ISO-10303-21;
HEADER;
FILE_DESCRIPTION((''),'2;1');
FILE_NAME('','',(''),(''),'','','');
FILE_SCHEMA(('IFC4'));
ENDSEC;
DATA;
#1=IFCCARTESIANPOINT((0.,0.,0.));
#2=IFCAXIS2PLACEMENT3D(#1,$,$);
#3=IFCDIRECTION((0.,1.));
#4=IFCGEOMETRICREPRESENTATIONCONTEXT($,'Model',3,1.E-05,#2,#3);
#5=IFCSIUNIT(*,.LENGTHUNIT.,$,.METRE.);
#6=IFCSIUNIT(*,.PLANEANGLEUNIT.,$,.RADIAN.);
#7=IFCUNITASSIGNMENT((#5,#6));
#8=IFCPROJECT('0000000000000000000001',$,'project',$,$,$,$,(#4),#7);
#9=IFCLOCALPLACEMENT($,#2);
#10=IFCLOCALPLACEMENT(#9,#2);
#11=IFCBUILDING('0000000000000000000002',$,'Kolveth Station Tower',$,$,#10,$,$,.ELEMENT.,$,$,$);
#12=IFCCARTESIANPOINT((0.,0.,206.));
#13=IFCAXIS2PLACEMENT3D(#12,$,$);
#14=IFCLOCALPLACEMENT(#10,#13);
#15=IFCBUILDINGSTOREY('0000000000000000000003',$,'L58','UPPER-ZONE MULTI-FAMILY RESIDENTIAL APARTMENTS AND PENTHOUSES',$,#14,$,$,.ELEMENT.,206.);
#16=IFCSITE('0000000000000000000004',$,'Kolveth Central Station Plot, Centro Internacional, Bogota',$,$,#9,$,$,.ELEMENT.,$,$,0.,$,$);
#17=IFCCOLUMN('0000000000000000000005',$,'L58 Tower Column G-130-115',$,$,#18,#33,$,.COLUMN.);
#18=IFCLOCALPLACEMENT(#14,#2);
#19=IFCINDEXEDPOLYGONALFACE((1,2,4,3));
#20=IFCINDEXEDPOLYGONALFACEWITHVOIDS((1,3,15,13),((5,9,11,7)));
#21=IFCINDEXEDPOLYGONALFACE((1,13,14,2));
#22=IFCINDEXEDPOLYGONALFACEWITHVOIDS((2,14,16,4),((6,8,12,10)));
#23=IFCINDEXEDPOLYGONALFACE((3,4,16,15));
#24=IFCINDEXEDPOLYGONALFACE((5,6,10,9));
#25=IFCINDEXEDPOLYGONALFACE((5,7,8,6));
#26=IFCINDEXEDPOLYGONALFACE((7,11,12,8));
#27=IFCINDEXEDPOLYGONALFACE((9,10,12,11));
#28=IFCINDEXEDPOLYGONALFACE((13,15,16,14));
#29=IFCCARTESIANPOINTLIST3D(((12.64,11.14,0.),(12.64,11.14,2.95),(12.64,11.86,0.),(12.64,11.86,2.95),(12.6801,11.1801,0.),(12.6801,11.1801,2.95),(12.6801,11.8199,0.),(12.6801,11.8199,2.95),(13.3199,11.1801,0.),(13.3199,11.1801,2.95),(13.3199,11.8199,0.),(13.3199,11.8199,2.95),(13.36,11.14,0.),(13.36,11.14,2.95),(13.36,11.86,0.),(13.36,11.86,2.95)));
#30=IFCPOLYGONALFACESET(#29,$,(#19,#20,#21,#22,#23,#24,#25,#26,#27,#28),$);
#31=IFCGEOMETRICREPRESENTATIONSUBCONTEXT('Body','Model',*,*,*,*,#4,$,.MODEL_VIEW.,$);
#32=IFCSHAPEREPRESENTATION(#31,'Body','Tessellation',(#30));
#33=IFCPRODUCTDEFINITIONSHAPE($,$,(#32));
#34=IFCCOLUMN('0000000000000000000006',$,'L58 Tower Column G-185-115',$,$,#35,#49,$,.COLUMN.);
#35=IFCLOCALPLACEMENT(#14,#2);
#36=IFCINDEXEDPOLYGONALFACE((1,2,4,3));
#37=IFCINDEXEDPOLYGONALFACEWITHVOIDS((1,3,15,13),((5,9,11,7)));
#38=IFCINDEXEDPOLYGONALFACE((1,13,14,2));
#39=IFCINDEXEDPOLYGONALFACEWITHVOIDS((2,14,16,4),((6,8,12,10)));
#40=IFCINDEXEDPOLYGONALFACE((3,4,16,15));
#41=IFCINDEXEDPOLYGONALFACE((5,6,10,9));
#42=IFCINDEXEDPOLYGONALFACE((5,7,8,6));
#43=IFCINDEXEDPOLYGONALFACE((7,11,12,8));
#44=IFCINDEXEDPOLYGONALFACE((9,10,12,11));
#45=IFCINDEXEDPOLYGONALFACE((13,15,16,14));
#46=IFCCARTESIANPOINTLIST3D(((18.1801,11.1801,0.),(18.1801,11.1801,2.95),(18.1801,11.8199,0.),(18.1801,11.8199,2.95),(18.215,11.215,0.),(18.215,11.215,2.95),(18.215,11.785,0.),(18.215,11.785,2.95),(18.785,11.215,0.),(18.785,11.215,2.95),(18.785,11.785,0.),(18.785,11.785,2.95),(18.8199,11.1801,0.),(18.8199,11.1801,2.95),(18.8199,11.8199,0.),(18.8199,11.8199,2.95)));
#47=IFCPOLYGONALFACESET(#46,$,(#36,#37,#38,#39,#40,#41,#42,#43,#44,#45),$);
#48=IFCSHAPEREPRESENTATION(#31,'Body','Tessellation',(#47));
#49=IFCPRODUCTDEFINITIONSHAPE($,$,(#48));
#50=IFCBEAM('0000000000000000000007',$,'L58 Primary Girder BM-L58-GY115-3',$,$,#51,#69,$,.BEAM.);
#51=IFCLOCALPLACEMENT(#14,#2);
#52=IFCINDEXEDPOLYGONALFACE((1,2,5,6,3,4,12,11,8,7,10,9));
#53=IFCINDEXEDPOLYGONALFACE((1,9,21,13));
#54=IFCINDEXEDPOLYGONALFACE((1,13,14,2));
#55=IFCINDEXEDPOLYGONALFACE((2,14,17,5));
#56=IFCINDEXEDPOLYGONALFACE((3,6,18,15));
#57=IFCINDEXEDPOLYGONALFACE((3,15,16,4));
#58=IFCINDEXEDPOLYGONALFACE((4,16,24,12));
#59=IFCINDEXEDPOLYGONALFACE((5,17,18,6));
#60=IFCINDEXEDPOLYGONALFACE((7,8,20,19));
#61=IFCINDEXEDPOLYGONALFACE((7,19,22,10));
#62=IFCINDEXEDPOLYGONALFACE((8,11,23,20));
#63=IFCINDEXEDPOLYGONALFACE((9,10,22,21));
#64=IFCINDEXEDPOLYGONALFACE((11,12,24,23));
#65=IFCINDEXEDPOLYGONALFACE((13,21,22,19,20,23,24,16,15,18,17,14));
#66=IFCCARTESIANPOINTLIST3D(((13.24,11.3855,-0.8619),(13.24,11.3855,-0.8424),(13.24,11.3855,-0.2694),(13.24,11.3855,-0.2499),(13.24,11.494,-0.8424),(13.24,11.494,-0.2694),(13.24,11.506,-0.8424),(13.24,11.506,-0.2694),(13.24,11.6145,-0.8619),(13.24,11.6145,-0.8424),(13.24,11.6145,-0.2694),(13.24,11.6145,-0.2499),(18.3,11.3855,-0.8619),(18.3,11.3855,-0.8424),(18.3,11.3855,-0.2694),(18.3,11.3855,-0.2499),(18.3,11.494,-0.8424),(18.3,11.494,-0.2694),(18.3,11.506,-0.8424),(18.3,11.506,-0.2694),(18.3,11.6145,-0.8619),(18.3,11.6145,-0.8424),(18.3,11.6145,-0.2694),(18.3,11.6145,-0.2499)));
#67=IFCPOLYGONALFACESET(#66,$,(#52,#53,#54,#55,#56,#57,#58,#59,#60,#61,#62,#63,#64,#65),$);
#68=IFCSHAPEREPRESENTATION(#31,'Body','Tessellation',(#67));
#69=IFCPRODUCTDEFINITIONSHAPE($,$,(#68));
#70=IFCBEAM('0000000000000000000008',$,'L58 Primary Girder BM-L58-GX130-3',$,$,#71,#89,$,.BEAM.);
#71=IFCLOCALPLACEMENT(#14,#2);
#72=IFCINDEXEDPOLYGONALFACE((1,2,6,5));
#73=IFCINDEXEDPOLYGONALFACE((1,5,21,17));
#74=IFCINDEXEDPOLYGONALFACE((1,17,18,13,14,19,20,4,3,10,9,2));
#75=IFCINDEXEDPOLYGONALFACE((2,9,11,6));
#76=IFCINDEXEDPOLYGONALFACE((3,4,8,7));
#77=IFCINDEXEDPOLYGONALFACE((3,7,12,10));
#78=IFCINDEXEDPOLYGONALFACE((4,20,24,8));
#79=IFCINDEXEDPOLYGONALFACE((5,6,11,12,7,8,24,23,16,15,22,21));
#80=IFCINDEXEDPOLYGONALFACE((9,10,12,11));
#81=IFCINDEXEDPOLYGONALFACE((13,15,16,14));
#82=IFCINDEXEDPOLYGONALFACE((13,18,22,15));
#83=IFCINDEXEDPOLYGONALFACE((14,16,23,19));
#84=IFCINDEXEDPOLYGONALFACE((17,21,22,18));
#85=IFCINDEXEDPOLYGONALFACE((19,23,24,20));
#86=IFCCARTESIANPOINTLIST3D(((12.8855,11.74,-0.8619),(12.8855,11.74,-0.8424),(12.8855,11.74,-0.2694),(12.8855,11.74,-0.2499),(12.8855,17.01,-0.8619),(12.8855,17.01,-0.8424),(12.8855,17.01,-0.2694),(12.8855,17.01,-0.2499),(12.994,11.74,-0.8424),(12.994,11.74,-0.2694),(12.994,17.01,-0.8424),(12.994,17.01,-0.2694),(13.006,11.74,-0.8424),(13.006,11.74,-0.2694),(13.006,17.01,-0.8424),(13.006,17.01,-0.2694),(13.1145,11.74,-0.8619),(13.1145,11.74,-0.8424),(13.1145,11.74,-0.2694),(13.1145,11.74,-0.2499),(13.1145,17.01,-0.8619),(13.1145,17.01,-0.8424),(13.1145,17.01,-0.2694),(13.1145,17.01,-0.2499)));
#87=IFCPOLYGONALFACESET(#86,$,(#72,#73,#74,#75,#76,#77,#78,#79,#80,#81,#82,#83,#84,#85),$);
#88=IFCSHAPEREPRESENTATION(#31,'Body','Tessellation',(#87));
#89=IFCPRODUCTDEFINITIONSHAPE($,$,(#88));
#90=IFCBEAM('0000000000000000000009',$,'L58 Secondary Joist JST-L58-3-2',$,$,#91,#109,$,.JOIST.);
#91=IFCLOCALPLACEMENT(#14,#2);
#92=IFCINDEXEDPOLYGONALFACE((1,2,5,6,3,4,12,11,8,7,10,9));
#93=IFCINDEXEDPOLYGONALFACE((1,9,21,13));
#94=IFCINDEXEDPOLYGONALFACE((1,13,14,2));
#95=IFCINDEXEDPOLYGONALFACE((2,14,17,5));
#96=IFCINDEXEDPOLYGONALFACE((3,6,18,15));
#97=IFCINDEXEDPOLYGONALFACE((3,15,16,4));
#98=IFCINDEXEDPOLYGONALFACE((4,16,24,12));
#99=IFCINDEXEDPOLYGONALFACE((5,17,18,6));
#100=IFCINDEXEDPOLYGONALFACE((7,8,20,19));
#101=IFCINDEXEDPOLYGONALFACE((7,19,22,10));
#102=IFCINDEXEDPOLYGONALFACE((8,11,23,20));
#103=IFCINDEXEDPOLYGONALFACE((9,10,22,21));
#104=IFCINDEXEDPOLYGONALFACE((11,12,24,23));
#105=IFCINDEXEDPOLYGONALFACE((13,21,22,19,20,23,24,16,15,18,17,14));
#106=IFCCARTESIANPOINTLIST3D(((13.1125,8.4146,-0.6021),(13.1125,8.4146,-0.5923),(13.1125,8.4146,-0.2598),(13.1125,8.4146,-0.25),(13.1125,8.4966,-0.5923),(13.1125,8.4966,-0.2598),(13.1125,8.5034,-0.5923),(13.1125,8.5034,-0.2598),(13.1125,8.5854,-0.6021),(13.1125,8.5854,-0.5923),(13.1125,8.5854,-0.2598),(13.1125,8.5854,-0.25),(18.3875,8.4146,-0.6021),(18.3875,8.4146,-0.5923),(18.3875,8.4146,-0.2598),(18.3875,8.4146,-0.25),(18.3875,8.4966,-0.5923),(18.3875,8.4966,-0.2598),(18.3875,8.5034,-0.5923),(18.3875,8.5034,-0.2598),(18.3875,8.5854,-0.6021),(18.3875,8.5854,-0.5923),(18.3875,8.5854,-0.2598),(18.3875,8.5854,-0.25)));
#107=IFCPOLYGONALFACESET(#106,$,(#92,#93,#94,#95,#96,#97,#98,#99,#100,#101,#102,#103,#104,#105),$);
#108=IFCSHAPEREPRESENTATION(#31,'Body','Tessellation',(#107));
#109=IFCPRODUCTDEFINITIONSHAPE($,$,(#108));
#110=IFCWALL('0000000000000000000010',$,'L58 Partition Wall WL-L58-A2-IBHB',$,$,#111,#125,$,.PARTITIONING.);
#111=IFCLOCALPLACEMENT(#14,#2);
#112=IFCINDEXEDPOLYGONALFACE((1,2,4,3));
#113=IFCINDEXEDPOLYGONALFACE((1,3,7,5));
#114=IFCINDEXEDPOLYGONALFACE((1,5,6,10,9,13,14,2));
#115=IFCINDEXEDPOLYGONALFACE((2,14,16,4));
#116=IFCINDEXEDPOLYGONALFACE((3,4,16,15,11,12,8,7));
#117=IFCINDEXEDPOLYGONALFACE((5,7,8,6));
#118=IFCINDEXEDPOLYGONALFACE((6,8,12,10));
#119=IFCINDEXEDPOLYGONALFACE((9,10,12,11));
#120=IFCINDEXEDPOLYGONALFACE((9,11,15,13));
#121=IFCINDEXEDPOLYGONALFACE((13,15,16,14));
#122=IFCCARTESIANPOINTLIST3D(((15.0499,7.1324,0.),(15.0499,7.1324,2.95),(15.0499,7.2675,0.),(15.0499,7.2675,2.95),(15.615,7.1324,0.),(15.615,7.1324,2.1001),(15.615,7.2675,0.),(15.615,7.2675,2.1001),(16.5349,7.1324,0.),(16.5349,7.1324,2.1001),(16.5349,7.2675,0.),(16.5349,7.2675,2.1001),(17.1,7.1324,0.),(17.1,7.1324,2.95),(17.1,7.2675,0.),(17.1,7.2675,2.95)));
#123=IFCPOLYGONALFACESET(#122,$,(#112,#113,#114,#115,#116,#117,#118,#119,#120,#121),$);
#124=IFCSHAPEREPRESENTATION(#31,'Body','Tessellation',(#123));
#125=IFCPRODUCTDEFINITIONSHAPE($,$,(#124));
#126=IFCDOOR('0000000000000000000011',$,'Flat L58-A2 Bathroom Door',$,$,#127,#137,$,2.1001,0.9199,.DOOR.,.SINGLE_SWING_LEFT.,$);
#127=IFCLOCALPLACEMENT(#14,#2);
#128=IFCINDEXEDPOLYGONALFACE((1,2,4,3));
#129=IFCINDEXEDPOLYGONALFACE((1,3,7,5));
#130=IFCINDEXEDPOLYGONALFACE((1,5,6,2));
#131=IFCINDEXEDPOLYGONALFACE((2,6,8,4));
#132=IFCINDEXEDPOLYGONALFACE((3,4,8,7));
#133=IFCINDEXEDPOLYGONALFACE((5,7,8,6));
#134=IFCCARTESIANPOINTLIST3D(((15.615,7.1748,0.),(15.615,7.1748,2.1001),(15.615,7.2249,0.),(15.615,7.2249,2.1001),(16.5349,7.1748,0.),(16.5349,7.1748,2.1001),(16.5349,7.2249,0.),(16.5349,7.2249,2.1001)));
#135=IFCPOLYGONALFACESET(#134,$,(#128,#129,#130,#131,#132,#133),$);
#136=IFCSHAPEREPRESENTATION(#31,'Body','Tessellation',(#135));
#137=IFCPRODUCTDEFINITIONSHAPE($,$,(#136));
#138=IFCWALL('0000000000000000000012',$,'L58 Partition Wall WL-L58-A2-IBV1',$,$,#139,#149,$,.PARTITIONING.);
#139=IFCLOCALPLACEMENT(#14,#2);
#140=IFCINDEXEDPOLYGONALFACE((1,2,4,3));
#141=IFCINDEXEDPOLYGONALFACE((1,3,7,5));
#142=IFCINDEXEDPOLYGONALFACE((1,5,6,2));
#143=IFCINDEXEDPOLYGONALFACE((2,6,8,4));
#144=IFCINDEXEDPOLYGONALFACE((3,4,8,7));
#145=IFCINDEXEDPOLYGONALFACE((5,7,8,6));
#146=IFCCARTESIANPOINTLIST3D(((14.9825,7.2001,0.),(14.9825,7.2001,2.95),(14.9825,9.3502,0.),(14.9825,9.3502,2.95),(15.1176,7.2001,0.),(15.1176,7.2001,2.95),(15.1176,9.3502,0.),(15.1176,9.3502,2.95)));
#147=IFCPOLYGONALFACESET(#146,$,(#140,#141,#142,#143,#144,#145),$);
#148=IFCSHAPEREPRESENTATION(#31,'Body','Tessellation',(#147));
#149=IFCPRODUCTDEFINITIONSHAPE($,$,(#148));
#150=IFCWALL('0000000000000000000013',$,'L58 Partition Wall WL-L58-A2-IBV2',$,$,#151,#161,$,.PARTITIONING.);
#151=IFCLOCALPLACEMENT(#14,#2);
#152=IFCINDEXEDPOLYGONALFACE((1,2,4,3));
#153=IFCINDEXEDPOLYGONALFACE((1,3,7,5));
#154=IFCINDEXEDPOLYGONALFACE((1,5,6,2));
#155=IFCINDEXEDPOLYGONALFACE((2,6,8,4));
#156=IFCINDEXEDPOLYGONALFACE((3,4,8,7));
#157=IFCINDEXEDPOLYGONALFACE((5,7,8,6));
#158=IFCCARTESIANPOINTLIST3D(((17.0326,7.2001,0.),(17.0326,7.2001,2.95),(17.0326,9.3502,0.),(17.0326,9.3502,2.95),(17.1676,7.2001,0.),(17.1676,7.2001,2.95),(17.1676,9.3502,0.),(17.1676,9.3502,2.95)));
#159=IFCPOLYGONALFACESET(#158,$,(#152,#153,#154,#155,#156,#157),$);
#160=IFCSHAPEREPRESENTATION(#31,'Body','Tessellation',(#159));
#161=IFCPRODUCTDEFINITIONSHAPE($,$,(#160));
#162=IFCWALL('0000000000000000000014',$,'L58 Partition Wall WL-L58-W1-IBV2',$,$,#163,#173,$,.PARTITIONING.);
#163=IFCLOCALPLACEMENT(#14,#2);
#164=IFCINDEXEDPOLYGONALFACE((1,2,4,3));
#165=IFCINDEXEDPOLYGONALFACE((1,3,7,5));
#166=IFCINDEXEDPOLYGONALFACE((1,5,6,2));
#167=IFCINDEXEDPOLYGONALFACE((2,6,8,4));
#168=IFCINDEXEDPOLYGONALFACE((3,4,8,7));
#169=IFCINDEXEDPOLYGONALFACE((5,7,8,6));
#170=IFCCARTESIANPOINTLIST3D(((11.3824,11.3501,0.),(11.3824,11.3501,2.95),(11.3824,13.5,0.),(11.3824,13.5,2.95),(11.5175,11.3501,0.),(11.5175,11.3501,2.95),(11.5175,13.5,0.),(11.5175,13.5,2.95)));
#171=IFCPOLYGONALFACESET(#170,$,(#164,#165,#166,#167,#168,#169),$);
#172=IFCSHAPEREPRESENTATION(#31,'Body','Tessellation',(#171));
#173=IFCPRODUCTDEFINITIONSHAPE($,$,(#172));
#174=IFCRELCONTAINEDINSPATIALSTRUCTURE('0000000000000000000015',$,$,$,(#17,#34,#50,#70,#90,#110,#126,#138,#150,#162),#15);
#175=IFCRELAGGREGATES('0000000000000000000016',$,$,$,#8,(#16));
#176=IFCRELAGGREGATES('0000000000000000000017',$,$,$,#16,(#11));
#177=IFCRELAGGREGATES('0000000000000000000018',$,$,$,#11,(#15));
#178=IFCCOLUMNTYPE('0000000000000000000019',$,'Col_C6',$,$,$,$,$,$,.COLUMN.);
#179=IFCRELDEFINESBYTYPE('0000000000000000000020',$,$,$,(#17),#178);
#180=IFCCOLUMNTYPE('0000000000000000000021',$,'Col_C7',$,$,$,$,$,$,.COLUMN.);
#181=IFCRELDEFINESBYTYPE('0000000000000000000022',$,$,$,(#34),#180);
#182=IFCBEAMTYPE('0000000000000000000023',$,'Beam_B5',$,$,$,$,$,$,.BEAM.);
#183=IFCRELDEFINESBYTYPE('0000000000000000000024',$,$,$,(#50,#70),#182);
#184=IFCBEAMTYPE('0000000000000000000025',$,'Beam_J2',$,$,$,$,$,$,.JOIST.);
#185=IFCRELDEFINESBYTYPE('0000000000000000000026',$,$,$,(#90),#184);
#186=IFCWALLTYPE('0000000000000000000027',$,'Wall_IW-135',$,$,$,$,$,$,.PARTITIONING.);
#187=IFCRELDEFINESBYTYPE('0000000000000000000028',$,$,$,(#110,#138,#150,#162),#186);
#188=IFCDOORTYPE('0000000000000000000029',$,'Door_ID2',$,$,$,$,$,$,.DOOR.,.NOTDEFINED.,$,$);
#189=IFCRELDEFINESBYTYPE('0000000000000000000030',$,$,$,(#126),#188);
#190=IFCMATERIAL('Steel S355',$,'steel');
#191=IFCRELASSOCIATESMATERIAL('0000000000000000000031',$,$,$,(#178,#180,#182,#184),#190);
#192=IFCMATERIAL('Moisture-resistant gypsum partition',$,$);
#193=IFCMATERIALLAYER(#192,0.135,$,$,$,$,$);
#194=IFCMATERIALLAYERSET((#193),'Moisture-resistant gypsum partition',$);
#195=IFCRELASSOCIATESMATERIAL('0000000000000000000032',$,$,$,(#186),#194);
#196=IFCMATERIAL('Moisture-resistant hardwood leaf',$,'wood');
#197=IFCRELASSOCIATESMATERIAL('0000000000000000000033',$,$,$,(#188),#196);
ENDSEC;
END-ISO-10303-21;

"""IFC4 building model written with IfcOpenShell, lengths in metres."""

from ifc_helpers import new_model, si_unit, direction, frame, frame_2d, origin, origin_2d, place, context, subcontext, project, spatial, rectangle, hollow_rectangle, i_section, extrude, source, transform, mapped, material, layer, layer_set, material_profile, profile_set, type_object, element, fill, save


model = new_model("IFC4")

# Units and contexts
model_context = context("Model", 3, precision=1e-05, world=origin(), true_north=direction((0.0, 1.0)))
body_context = subcontext(model_context, "Body", "Model", "MODEL_VIEW")
ifc_project = project(units=[si_unit("LENGTHUNIT", "METRE"), si_unit("PLANEANGLEUNIT", "RADIAN")], contexts=[model_context])

# Site, building, storey
site_placement = place(None, origin())
site = spatial("IfcSite", under=ifc_project, at=site_placement, Name="Kolveth Central Station Plot, Centro Internacional, Bogota", CompositionType="ELEMENT", RefElevation=0.0)
building_placement = place(site_placement, origin())
building = spatial("IfcBuilding", under=site, at=building_placement, Name="Kolveth Station Tower", CompositionType="ELEMENT")
storey_placement = place(building_placement, frame((0.0, 0.0, 206.0)))
storey = spatial("IfcBuildingStorey", under=building, at=storey_placement, Name="L58", Description="UPPER-ZONE MULTI-FAMILY RESIDENTIAL APARTMENTS AND PENTHOUSES", CompositionType="ELEMENT", Elevation=206.0)

# Columns
ifc_material_1 = material(Name="Steel S355", Category="steel")
ifc_material_profile_1 = material_profile(ifc_material_1, hollow_rectangle(XDim=0.72, YDim=0.72, WallThickness=0.04, at=origin_2d()), Name="BOX720x720x40")
ifc_profile_set_1 = profile_set([ifc_material_profile_1], Name="Steel S355")
column_type_1 = type_object("IfcColumnType", Name="Col_C6", PredefinedType="COLUMN", material=ifc_profile_set_1)
shared_shape_1 = source(origin(), body_context, "Body", "SweptSolid", [
    extrude(hollow_rectangle(XDim=0.72, YDim=0.72, WallThickness=0.04, at=origin_2d()), origin(), (0.0, 0.0, 1.0), 2.95),
])
column_1_placement = place(storey_placement, frame((13.0, 11.5, 0.0), z_axis=(0.0, 0.0, 1.0), x_axis=(1.0, 0.0, 0.0)))
element("IfcColumn", 1, at=column_1_placement, inside=storey, type_object=column_type_1, Name="L58 Tower Column G-130-115", PredefinedType="COLUMN", context=body_context, shape_type="MappedRepresentation", body=[
    mapped(shared_shape_1, transform((0.0, 0.0, 0.0), x_axis=(1.0, 0.0, 0.0), y_axis=(0.0, 1.0, 0.0), z_axis=(0.0, 0.0, 1.0), scale=1.0)),
])
ifc_material_profile_2 = material_profile(ifc_material_1, hollow_rectangle(XDim=0.6399, YDim=0.6399, WallThickness=0.0349, at=origin_2d()), Name="BOX640x640x35")
ifc_profile_set_2 = profile_set([ifc_material_profile_2], Name="Steel S355")
column_type_2 = type_object("IfcColumnType", Name="Col_C7", PredefinedType="COLUMN", material=ifc_profile_set_2)
shared_shape_2 = source(origin(), body_context, "Body", "SweptSolid", [
    extrude(hollow_rectangle(XDim=0.6399, YDim=0.6399, WallThickness=0.0349, at=origin_2d()), origin(), (0.0, 0.0, 1.0), 2.95),
])
column_2_placement = place(storey_placement, frame((18.5, 11.5, 0.0), z_axis=(0.0, 0.0, 1.0), x_axis=(1.0, 0.0, 0.0)))
element("IfcColumn", 2, at=column_2_placement, inside=storey, type_object=column_type_2, Name="L58 Tower Column G-185-115", PredefinedType="COLUMN", context=body_context, shape_type="MappedRepresentation", body=[
    mapped(shared_shape_2, transform((0.0, 0.0, 0.0), x_axis=(1.0, 0.0, 0.0), y_axis=(0.0, 1.0, 0.0), z_axis=(0.0, 0.0, 1.0), scale=1.0)),
])

# Beams
ifc_material_profile_3 = material_profile(ifc_material_1, i_section(OverallWidth=0.229, OverallDepth=0.6121, WebThickness=0.012, FlangeThickness=0.0195, at=origin_2d()), Name="W610x125")
ifc_profile_set_3 = profile_set([ifc_material_profile_3], Name="Steel S355")
beam_type_1 = type_object("IfcBeamType", Name="Beam_B5", PredefinedType="BEAM", material=ifc_profile_set_3)
shared_shape_3 = source(origin(), body_context, "Body", "SweptSolid", [
    extrude(i_section(OverallWidth=0.229, OverallDepth=0.6121, WebThickness=0.012, FlangeThickness=0.0195, at=origin_2d()), origin(), (0.0, 0.0, 1.0), 5.0601),
])
beam_1_placement = place(storey_placement, frame((13.24, 11.5, -0.5559), z_axis=(1.0, 0.0, 0.0), x_axis=(0.0, 1.0, 0.0)))
element("IfcBeam", 3, at=beam_1_placement, inside=storey, type_object=beam_type_1, Name="L58 Primary Girder BM-L58-GY115-3", PredefinedType="BEAM", context=body_context, shape_type="MappedRepresentation", body=[
    mapped(shared_shape_3, transform((0.0, 0.0, 0.0), x_axis=(1.0, 0.0, 0.0), y_axis=(0.0, 1.0, 0.0), z_axis=(0.0, 0.0, 1.0), scale=1.0)),
])
shared_shape_4 = source(origin(), body_context, "Body", "SweptSolid", [
    extrude(i_section(OverallWidth=0.229, OverallDepth=0.6121, WebThickness=0.012, FlangeThickness=0.0195, at=origin_2d()), origin(), (0.0, 0.0, 1.0), 5.27),
])
beam_2_placement = place(storey_placement, frame((13.0, 11.74, -0.5559), z_axis=(0.0, 1.0, 0.0), x_axis=(-1.0, 0.0, 0.0)))
element("IfcBeam", 4, at=beam_2_placement, inside=storey, type_object=beam_type_1, Name="L58 Primary Girder BM-L58-GX130-3", PredefinedType="BEAM", context=body_context, shape_type="MappedRepresentation", body=[
    mapped(shared_shape_4, transform((0.0, 0.0, 0.0), x_axis=(1.0, 0.0, 0.0), y_axis=(0.0, 1.0, 0.0), z_axis=(0.0, 0.0, 1.0), scale=1.0)),
])
ifc_material_profile_4 = material_profile(ifc_material_1, i_section(OverallWidth=0.1709, OverallDepth=0.3521, WebThickness=0.0068, FlangeThickness=0.0098, at=origin_2d()), Name="W360x44")
ifc_profile_set_4 = profile_set([ifc_material_profile_4], Name="Steel S355")
beam_type_2 = type_object("IfcBeamType", Name="Beam_J2", PredefinedType="JOIST", material=ifc_profile_set_4)
shared_shape_5 = source(origin(), body_context, "Body", "SweptSolid", [
    extrude(i_section(OverallWidth=0.1709, OverallDepth=0.3521, WebThickness=0.0068, FlangeThickness=0.0098, at=origin_2d()), origin(), (0.0, 0.0, 1.0), 5.2749),
])
beam_3_placement = place(storey_placement, frame((13.1125, 8.5, -0.426), z_axis=(1.0, 0.0, 0.0), x_axis=(0.0, 1.0, 0.0)))
element("IfcBeam", 5, at=beam_3_placement, inside=storey, type_object=beam_type_2, Name="L58 Secondary Joist JST-L58-3-2", PredefinedType="JOIST", context=body_context, shape_type="MappedRepresentation", body=[
    mapped(shared_shape_5, transform((0.0, 0.0, 0.0), x_axis=(1.0, 0.0, 0.0), y_axis=(0.0, 1.0, 0.0), z_axis=(0.0, 0.0, 1.0), scale=1.0)),
])

# Wall, opening, door
ifc_material_2 = material(Name="Moisture-resistant gypsum partition")
ifc_layer_1 = layer(ifc_material_2, 0.135)
ifc_layer_set_1 = layer_set([ifc_layer_1], Name="Moisture-resistant gypsum partition")
wall_type_1 = type_object("IfcWallType", Name="Wall_IW-135", PredefinedType="PARTITIONING", material=ifc_layer_set_1)
wall_1_placement = place(storey_placement, frame((15.05, 7.2, 0.0), z_axis=(0.0, 0.0, 1.0), x_axis=(1.0, 0.0, 0.0)))
wall_1 = element("IfcWall", 6, at=wall_1_placement, inside=storey, type_object=wall_type_1, Name="L58 Partition Wall WL-L58-A2-IBHB", PredefinedType="PARTITIONING", context=body_context, shape_type="SweptSolid", body=[
    extrude(rectangle(XDim=2.05, YDim=0.135, at=frame_2d((1.0249, 0.0))), origin(), (0.0, 0.0, 1.0), 2.95),
])
opening_1_placement = place(wall_1_placement, frame((0.5649, 0.0, 0.0)))
opening_1 = element("IfcOpeningElement", 7, at=opening_1_placement, cuts=wall_1, PredefinedType="OPENING", context=body_context, shape_type="SweptSolid", body=[
    extrude(rectangle(XDim=0.9199, YDim=2.1001, at=frame_2d((0.46, 1.05))), frame((0.0, 0.0774, 0.0), z_axis=(0.0, -1.0, 0.0), x_axis=(1.0, 0.0, 0.0)), (0.0, 0.0, 1.0), 0.155),
])
ifc_material_3 = material(Name="Moisture-resistant hardwood leaf", Category="wood")
door_type_1 = type_object("IfcDoorType", Name="Door_ID2", OperationType="NOTDEFINED", PredefinedType="DOOR", material=ifc_material_3)
door_1_placement = place(opening_1_placement, origin())
door_1 = element("IfcDoor", 8, at=door_1_placement, inside=storey, type_object=door_type_1, Name="Flat L58-A2 Bathroom Door", OperationType="SINGLE_SWING_LEFT", OverallHeight=2.1001, OverallWidth=0.9199, PredefinedType="DOOR", context=body_context, shape_type="SweptSolid", body=[
    extrude(rectangle(XDim=0.9199, YDim=2.1001, at=frame_2d((0.46, 1.05))), frame((0.0, 0.0249, 0.0), z_axis=(0.0, -1.0, 0.0), x_axis=(1.0, 0.0, 0.0)), (0.0, 0.0, 1.0), 0.05),
])
fill(opening_1, door_1)

# Walls
for number, where, z_axis, x_axis, name in (
    (9, (15.05, 7.2, 0.0), (0.0, 0.0, 1.0), (0.0, 1.0, 0.0), "L58 Partition Wall WL-L58-A2-IBV1"),
    (10, (17.1001, 7.2, 0.0), (0.0, 0.0, 1.0), (0.0, 1.0, 0.0), "L58 Partition Wall WL-L58-A2-IBV2"),
):
    element("IfcWall", number, at=place(storey_placement, frame(where, z_axis=z_axis, x_axis=x_axis)), inside=storey, type_object=wall_type_1, Name=name, PredefinedType="PARTITIONING", context=body_context, shape_type="SweptSolid", body=[
        extrude(rectangle(XDim=2.1501, YDim=0.135, at=frame_2d((1.0752, 0.0))), origin(), (0.0, 0.0, 1.0), 2.95),
    ])
wall_2_placement = place(storey_placement, frame((11.45, 11.3501, 0.0), z_axis=(0.0, 0.0, 1.0), x_axis=(0.0, 1.0, 0.0)))
element("IfcWall", 11, at=wall_2_placement, inside=storey, type_object=wall_type_1, Name="L58 Partition Wall WL-L58-W1-IBV2", PredefinedType="PARTITIONING", context=body_context, shape_type="SweptSolid", body=[
    extrude(rectangle(XDim=2.1499, YDim=0.135, at=frame_2d((1.075, 0.0))), origin(), (0.0, 0.0, 1.0), 2.95),
])

save(model, "model.ifc")
